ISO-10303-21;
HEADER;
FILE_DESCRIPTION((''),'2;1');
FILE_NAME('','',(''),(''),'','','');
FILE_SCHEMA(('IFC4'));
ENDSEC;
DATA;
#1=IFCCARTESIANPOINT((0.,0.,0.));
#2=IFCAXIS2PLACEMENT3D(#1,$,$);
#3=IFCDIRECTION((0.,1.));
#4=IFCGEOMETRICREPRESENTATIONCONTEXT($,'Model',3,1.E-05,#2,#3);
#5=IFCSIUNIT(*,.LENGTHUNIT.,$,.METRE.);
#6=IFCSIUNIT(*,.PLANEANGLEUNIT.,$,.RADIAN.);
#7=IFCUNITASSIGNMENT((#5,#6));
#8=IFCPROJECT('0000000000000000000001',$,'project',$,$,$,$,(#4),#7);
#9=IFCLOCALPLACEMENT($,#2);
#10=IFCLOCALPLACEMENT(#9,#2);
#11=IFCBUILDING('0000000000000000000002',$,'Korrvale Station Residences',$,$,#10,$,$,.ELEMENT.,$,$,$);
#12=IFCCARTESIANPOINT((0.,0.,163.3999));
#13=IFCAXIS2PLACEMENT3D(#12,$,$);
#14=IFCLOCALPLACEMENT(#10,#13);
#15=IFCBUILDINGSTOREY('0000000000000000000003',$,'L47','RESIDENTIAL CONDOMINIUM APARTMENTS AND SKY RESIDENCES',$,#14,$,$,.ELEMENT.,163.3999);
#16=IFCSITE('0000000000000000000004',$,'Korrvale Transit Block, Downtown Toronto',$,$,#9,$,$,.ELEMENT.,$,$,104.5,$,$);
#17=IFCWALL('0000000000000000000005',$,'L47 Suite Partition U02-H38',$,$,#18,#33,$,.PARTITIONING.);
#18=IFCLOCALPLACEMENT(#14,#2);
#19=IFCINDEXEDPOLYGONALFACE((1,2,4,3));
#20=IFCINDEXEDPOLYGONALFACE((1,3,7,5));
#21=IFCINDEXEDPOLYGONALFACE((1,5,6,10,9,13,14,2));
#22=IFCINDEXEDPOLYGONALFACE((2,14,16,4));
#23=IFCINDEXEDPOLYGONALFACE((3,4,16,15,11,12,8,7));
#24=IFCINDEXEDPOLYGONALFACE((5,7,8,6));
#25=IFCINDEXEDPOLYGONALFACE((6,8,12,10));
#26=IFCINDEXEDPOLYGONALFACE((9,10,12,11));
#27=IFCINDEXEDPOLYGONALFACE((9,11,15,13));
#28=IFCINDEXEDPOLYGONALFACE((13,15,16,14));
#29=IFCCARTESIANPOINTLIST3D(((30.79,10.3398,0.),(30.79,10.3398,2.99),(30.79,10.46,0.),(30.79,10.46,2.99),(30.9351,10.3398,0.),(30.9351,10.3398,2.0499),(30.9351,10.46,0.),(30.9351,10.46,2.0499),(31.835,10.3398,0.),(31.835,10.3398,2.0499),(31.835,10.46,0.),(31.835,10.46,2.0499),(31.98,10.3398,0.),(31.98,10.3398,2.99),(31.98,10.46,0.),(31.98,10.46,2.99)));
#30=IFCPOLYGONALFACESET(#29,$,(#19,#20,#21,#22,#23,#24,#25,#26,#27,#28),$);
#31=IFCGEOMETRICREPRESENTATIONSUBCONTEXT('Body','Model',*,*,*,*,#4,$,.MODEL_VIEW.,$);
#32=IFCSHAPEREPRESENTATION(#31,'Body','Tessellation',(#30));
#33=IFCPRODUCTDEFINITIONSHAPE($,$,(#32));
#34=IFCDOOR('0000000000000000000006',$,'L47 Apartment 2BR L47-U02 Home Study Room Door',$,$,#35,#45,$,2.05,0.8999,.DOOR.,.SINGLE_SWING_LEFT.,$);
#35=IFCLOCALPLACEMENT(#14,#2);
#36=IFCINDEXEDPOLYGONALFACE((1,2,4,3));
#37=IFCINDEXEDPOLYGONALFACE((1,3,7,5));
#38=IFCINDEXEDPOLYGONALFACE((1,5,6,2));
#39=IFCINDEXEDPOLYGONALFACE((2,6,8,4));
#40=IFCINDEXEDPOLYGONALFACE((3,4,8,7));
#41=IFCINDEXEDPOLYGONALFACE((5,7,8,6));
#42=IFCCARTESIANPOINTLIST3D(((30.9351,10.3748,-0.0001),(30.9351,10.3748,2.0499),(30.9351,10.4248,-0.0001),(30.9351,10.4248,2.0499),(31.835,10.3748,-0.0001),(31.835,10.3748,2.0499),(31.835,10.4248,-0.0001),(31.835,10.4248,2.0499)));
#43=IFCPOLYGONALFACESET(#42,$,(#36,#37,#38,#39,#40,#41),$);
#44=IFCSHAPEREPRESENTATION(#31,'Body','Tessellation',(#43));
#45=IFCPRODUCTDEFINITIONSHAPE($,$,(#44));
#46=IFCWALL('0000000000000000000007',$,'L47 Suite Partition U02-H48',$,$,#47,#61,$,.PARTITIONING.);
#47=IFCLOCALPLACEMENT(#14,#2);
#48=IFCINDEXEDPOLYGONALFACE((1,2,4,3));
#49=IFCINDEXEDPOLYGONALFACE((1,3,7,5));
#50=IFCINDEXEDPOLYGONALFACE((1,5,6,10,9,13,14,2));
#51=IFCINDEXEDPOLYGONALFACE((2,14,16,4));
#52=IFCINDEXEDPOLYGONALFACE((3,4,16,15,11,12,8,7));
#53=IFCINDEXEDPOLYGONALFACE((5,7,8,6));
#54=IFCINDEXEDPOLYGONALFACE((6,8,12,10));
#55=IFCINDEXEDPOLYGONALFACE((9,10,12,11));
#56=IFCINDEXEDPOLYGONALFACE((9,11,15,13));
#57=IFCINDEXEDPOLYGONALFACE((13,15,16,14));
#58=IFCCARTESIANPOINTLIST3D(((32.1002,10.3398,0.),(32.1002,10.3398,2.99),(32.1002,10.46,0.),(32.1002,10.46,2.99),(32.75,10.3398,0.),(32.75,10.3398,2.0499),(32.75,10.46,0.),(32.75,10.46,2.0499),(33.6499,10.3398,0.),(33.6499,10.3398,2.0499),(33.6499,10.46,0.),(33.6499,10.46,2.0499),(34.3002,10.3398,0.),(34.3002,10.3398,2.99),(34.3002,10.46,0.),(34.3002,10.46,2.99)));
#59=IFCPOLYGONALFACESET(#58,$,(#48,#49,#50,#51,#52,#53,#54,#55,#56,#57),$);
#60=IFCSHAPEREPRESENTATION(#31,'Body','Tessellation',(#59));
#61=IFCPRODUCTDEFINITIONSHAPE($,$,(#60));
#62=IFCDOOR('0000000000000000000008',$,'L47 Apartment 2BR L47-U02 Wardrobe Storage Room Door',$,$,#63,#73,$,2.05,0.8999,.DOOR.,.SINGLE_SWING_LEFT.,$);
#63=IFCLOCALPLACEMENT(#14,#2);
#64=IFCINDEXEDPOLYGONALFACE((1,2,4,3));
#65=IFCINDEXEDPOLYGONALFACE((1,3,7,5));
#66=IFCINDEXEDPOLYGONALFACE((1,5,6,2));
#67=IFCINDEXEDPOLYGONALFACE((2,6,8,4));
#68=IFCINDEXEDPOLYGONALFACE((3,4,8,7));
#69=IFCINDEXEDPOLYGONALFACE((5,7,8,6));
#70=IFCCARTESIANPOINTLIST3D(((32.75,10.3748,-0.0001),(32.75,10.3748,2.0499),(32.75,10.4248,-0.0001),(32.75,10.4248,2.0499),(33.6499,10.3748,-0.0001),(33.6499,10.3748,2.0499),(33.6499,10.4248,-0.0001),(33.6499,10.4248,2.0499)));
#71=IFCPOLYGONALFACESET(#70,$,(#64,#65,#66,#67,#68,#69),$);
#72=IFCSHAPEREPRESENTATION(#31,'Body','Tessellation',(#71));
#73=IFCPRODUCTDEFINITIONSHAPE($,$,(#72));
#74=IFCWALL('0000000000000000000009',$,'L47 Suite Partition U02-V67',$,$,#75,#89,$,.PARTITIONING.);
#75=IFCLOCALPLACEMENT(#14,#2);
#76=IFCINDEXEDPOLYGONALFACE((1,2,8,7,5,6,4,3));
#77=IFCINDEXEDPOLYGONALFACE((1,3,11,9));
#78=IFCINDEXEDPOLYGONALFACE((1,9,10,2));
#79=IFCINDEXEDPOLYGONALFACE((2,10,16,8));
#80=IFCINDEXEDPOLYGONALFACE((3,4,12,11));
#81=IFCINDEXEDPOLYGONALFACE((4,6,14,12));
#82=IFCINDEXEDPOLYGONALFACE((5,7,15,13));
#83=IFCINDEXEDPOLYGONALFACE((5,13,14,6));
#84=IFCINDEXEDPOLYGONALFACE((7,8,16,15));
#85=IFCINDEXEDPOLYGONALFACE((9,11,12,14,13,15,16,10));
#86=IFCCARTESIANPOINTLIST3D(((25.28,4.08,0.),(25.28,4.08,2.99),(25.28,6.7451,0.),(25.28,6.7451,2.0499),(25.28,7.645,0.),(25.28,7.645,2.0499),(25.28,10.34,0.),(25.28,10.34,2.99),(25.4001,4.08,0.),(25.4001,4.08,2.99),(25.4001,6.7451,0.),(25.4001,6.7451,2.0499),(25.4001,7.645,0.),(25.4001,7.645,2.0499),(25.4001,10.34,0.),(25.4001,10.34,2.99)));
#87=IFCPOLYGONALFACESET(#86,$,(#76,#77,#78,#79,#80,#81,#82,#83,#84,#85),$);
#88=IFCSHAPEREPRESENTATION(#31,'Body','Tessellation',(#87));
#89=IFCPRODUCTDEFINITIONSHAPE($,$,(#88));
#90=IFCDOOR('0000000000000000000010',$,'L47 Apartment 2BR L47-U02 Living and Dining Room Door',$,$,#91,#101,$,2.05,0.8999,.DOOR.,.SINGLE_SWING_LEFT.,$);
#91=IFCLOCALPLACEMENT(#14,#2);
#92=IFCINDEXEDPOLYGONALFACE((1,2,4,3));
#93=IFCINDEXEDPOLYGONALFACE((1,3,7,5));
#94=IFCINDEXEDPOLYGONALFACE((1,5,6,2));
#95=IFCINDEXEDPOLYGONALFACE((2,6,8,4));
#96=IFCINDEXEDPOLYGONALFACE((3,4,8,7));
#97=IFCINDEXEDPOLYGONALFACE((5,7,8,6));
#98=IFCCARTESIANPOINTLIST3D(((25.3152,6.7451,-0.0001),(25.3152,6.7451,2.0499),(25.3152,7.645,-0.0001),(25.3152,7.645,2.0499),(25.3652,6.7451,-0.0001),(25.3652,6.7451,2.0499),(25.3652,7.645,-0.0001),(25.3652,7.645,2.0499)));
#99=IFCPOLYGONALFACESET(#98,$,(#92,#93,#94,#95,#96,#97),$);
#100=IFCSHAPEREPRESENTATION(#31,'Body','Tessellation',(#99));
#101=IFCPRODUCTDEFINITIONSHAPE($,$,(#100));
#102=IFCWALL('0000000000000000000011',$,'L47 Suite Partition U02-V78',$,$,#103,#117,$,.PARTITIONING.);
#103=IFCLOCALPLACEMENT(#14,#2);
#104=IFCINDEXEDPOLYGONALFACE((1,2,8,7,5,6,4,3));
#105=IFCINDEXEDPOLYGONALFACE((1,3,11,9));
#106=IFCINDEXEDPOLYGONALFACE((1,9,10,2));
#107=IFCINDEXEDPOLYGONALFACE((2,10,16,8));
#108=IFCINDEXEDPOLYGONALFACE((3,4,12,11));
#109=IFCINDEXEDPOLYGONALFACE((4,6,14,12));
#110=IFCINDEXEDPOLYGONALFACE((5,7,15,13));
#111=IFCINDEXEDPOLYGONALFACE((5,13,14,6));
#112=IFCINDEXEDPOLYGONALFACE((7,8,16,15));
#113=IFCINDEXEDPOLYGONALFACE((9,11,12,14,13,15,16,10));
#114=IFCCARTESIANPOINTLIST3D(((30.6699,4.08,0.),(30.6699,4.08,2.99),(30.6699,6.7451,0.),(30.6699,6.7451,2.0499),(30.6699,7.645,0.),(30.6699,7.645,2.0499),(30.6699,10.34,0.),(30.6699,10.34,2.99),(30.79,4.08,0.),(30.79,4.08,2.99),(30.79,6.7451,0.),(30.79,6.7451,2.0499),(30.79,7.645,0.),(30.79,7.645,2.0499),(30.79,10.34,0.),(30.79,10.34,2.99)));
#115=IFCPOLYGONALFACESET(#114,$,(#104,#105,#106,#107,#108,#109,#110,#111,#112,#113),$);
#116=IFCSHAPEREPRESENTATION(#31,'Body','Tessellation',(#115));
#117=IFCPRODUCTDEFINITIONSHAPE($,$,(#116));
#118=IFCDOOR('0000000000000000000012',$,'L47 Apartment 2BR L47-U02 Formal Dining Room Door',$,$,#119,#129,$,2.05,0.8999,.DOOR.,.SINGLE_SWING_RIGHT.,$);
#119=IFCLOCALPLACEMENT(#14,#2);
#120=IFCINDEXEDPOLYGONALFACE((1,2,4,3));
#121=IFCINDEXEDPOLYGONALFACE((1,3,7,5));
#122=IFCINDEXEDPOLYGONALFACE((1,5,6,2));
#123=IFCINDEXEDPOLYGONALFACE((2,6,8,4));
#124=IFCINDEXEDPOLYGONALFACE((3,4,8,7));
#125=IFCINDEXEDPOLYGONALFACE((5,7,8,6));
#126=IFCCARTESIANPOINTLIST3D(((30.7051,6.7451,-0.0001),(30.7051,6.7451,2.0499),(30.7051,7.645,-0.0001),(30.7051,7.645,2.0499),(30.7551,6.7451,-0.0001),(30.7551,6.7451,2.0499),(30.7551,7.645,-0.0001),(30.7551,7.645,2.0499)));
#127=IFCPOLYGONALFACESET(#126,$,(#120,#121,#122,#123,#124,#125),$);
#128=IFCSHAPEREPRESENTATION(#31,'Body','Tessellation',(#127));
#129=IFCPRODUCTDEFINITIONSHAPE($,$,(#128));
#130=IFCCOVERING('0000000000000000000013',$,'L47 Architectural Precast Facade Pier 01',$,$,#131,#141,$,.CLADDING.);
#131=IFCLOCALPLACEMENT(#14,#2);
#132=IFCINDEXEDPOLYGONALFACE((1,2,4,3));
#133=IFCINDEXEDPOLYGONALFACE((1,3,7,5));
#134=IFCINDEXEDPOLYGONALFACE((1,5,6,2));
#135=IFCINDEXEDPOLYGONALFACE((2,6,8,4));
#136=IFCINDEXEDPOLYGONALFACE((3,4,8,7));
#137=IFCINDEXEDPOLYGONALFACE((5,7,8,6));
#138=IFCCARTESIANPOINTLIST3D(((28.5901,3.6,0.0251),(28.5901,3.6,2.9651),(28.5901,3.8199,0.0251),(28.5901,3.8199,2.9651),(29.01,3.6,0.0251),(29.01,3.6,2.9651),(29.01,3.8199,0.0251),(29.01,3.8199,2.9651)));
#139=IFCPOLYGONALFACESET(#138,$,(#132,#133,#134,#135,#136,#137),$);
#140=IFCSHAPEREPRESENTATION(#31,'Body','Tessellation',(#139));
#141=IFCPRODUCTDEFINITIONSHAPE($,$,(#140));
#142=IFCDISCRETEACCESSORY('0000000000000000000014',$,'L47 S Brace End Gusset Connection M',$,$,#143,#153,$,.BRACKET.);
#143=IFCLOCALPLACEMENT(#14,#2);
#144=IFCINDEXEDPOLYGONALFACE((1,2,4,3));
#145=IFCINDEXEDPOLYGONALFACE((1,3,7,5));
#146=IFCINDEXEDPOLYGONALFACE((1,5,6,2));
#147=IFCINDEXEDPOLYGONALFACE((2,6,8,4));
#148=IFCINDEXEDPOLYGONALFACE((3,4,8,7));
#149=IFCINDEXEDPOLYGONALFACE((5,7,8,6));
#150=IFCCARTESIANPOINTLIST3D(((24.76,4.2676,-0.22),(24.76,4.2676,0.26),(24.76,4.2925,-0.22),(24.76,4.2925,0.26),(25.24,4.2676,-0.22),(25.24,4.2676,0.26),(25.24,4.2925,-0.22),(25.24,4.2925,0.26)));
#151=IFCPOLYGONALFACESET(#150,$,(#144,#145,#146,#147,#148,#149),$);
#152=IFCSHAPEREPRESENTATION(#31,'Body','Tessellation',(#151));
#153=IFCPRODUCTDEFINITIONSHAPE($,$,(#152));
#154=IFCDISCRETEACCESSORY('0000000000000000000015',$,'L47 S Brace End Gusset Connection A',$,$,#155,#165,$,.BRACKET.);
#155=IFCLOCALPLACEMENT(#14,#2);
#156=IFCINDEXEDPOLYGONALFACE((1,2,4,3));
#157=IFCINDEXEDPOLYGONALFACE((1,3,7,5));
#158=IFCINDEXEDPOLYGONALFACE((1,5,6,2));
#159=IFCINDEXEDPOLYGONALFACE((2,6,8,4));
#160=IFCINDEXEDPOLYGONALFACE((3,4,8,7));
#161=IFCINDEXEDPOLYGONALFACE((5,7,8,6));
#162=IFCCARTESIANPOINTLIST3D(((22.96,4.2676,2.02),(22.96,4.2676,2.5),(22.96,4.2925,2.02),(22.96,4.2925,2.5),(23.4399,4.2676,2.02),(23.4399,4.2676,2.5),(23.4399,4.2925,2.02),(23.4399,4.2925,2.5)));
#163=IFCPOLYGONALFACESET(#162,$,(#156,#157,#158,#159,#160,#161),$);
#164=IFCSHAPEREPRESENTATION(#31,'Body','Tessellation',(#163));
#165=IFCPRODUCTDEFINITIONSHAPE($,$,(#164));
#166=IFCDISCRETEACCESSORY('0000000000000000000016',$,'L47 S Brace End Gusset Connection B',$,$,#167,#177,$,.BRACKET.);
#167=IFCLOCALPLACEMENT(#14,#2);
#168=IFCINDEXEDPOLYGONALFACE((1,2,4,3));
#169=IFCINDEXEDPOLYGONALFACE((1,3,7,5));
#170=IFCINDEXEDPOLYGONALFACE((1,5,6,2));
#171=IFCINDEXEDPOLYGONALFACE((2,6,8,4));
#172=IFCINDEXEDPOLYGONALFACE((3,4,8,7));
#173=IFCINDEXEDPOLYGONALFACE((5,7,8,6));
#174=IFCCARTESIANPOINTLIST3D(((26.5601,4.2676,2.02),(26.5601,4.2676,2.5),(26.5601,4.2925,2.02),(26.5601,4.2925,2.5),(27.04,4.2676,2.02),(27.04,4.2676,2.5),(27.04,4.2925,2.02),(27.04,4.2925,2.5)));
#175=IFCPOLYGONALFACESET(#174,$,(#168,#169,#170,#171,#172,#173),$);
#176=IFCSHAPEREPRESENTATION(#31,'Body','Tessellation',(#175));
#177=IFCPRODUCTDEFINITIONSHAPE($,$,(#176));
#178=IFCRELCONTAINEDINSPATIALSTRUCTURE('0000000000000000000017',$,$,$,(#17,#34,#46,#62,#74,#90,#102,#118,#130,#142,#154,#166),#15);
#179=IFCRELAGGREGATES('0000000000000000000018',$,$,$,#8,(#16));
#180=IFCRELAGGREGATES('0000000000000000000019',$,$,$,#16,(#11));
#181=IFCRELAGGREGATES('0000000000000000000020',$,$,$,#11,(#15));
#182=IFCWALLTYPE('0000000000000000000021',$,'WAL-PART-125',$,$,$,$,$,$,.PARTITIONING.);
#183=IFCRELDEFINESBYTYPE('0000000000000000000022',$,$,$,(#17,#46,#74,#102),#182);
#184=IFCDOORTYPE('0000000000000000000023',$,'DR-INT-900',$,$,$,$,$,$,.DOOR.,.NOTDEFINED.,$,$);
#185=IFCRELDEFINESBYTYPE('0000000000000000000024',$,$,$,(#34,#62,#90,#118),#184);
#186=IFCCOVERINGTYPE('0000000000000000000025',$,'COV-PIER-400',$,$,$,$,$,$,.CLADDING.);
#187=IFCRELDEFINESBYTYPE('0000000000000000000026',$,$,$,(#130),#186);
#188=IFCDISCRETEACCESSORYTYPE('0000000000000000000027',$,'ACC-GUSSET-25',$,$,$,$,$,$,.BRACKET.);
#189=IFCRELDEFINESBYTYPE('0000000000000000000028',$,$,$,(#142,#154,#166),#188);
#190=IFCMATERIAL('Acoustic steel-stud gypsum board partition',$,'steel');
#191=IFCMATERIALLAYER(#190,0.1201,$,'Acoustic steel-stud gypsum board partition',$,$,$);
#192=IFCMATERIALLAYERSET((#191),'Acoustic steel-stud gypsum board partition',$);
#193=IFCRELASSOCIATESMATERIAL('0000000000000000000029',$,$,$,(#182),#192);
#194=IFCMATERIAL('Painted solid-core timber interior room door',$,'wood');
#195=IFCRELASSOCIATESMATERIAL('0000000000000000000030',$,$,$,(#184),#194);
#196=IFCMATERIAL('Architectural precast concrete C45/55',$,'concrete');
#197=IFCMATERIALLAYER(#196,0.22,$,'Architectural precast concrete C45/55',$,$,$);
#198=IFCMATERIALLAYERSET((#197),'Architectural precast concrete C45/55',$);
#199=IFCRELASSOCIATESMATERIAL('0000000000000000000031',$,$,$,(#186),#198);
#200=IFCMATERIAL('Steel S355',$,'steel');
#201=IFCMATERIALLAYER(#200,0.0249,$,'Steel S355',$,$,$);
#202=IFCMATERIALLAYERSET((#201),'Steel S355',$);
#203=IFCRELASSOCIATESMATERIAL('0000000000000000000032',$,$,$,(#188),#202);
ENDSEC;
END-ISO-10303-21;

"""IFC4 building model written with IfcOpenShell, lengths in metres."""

from ifc_helpers import new_model, si_unit, direction, frame, frame_2d, origin, origin_2d, place, context, subcontext, project, spatial, rectangle, extrude, material, layer, layer_set, type_object, element, fill, save


model = new_model("IFC4")

# Units and contexts
model_context = context("Model", 3, precision=1e-05, world=origin(), true_north=direction((0.0, 1.0)))
body_context = subcontext(model_context, "Body", "Model", "MODEL_VIEW")
ifc_project = project(units=[si_unit("LENGTHUNIT", "METRE"), si_unit("PLANEANGLEUNIT", "RADIAN")], contexts=[model_context])

# Site, building, storey
site_placement = place(None, origin())
site = spatial("IfcSite", under=ifc_project, at=site_placement, Name="Korrvale Transit Block, Downtown Toronto", CompositionType="ELEMENT", RefElevation=104.5)
building_placement = place(site_placement, origin())
building = spatial("IfcBuilding", under=site, at=building_placement, Name="Korrvale Station Residences", CompositionType="ELEMENT")
storey_placement = place(building_placement, frame((0.0, 0.0, 163.3999)))
storey = spatial("IfcBuildingStorey", under=building, at=storey_placement, Name="L47", Description="RESIDENTIAL CONDOMINIUM APARTMENTS AND SKY RESIDENCES", CompositionType="ELEMENT", Elevation=163.3999)

# Shared definitions
ifc_material_1 = material(Name="Steel S355", Category="steel")

# Walls, openings, doors
ifc_material_2 = material(Name="Acoustic steel-stud gypsum board partition", Category="steel")
ifc_layer_1 = layer(ifc_material_2, 0.1201, Name="Acoustic steel-stud gypsum board partition")
ifc_layer_set_1 = layer_set([ifc_layer_1], Name="Acoustic steel-stud gypsum board partition")
wall_type = type_object("IfcWallType", Name="WAL-PART-125", PredefinedType="PARTITIONING", material=ifc_layer_set_1)
ifc_material_3 = material(Name="Painted solid-core timber interior room door", Category="wood")
door_type = type_object("IfcDoorType", Name="DR-INT-900", OperationType="NOTDEFINED", PredefinedType="DOOR", material=ifc_material_3)
wall_1_placement = place(storey_placement, frame((30.79, 10.3999, 0.0), z_axis=(0.0, 0.0, 1.0), x_axis=(1.0, 0.0, 0.0)))
wall_1 = element("IfcWall", 1, at=wall_1_placement, inside=storey, type_object=wall_type, Name="L47 Suite Partition U02-H38", PredefinedType="PARTITIONING", context=body_context, shape_type="SweptSolid", body=[
    extrude(rectangle(XDim=1.1899, YDim=0.1201, at=frame_2d((0.595, 0.0))), origin(), (0.0, 0.0, 1.0), 2.99),
])
opening_1_placement = place(wall_1_placement, frame((0.145, 0.0, 0.0)))
opening_1 = element("IfcOpeningElement", 2, at=opening_1_placement, cuts=wall_1, PredefinedType="OPENING", context=body_context, shape_type="SweptSolid", body=[
    extrude(rectangle(XDim=0.8999, YDim=2.05, at=frame_2d((0.45, 1.0249))), frame((0.0, 0.0701, 0.0), z_axis=(0.0, -1.0, 0.0), x_axis=(1.0, 0.0, 0.0)), (0.0, 0.0, 1.0), 0.1401),
])
door_1_placement = place(opening_1_placement, origin())
door_1 = element("IfcDoor", 3, at=door_1_placement, inside=storey, type_object=door_type, Name="L47 Apartment 2BR L47-U02 Home Study Room Door", OperationType="SINGLE_SWING_LEFT", OverallHeight=2.05, OverallWidth=0.8999, PredefinedType="DOOR", context=body_context, shape_type="SweptSolid", body=[
    extrude(rectangle(XDim=0.8999, YDim=2.05, at=frame_2d((0.45, 1.0249))), frame((0.0, 0.0249, 0.0), z_axis=(0.0, -1.0, 0.0), x_axis=(1.0, 0.0, 0.0)), (0.0, 0.0, 1.0), 0.05),
])
fill(opening_1, door_1)
wall_2_placement = place(storey_placement, frame((32.1001, 10.3999, 0.0), z_axis=(0.0, 0.0, 1.0), x_axis=(1.0, 0.0, 0.0)))
wall_2 = element("IfcWall", 4, at=wall_2_placement, inside=storey, type_object=wall_type, Name="L47 Suite Partition U02-H48", PredefinedType="PARTITIONING", context=body_context, shape_type="SweptSolid", body=[
    extrude(rectangle(XDim=2.2, YDim=0.1201, at=frame_2d((1.1001, 0.0))), origin(), (0.0, 0.0, 1.0), 2.99),
])
opening_2_placement = place(wall_2_placement, frame((0.6499, 0.0, 0.0)))
opening_2 = element("IfcOpeningElement", 5, at=opening_2_placement, cuts=wall_2, PredefinedType="OPENING", context=body_context, shape_type="SweptSolid", body=[
    extrude(rectangle(XDim=0.8999, YDim=2.05, at=frame_2d((0.45, 1.0249))), frame((0.0, 0.0701, 0.0), z_axis=(0.0, -1.0, 0.0), x_axis=(1.0, 0.0, 0.0)), (0.0, 0.0, 1.0), 0.1401),
])
door_2_placement = place(opening_2_placement, origin())
door_2 = element("IfcDoor", 6, at=door_2_placement, inside=storey, type_object=door_type, Name="L47 Apartment 2BR L47-U02 Wardrobe Storage Room Door", OperationType="SINGLE_SWING_LEFT", OverallHeight=2.05, OverallWidth=0.8999, PredefinedType="DOOR", context=body_context, shape_type="SweptSolid", body=[
    extrude(rectangle(XDim=0.8999, YDim=2.05, at=frame_2d((0.45, 1.0249))), frame((0.0, 0.0249, 0.0), z_axis=(0.0, -1.0, 0.0), x_axis=(1.0, 0.0, 0.0)), (0.0, 0.0, 1.0), 0.05),
])
fill(opening_2, door_2)
wall_3_placement = place(storey_placement, frame((25.3401, 4.0801, 0.0), z_axis=(0.0, 0.0, 1.0), x_axis=(0.0, 1.0, 0.0)))
wall_3 = element("IfcWall", 7, at=wall_3_placement, inside=storey, type_object=wall_type, Name="L47 Suite Partition U02-V67", PredefinedType="PARTITIONING", context=body_context, shape_type="SweptSolid", body=[
    extrude(rectangle(XDim=6.26, YDim=0.1201, at=frame_2d((3.1299, 0.0))), origin(), (0.0, 0.0, 1.0), 2.99),
])
opening_3_placement = place(wall_3_placement, frame((2.665, 0.0, 0.0)))
opening_3 = element("IfcOpeningElement", 8, at=opening_3_placement, cuts=wall_3, PredefinedType="OPENING", context=body_context, shape_type="SweptSolid", body=[
    extrude(rectangle(XDim=0.8999, YDim=2.05, at=frame_2d((0.45, 1.0249))), frame((0.0, 0.0701, 0.0), z_axis=(0.0, -1.0, 0.0), x_axis=(1.0, 0.0, 0.0)), (0.0, 0.0, 1.0), 0.1401),
])
door_3_placement = place(opening_3_placement, origin())
door_3 = element("IfcDoor", 9, at=door_3_placement, inside=storey, type_object=door_type, Name="L47 Apartment 2BR L47-U02 Living and Dining Room Door", OperationType="SINGLE_SWING_LEFT", OverallHeight=2.05, OverallWidth=0.8999, PredefinedType="DOOR", context=body_context, shape_type="SweptSolid", body=[
    extrude(rectangle(XDim=0.8999, YDim=2.05, at=frame_2d((0.45, 1.0249))), frame((0.0, 0.0249, 0.0), z_axis=(0.0, -1.0, 0.0), x_axis=(1.0, 0.0, 0.0)), (0.0, 0.0, 1.0), 0.05),
])
fill(opening_3, door_3)
wall_4_placement = place(storey_placement, frame((30.73, 4.0801, 0.0), z_axis=(0.0, 0.0, 1.0), x_axis=(0.0, 1.0, 0.0)))
wall_4 = element("IfcWall", 10, at=wall_4_placement, inside=storey, type_object=wall_type, Name="L47 Suite Partition U02-V78", PredefinedType="PARTITIONING", context=body_context, shape_type="SweptSolid", body=[
    extrude(rectangle(XDim=6.26, YDim=0.1201, at=frame_2d((3.1299, 0.0))), origin(), (0.0, 0.0, 1.0), 2.99),
])
opening_4_placement = place(wall_4_placement, frame((2.665, 0.0, 0.0)))
opening_4 = element("IfcOpeningElement", 11, at=opening_4_placement, cuts=wall_4, PredefinedType="OPENING", context=body_context, shape_type="SweptSolid", body=[
    extrude(rectangle(XDim=0.8999, YDim=2.05, at=frame_2d((0.45, 1.0249))), frame((0.0, 0.0701, 0.0), z_axis=(0.0, -1.0, 0.0), x_axis=(1.0, 0.0, 0.0)), (0.0, 0.0, 1.0), 0.1401),
])
door_4_placement = place(opening_4_placement, origin())
door_4 = element("IfcDoor", 12, at=door_4_placement, inside=storey, type_object=door_type, Name="L47 Apartment 2BR L47-U02 Formal Dining Room Door", OperationType="SINGLE_SWING_RIGHT", OverallHeight=2.05, OverallWidth=0.8999, PredefinedType="DOOR", context=body_context, shape_type="SweptSolid", body=[
    extrude(rectangle(XDim=0.8999, YDim=2.05, at=frame_2d((0.45, 1.0249))), frame((0.0, 0.0249, 0.0), z_axis=(0.0, -1.0, 0.0), x_axis=(1.0, 0.0, 0.0)), (0.0, 0.0, 1.0), 0.05),
])
fill(opening_4, door_4)

# Covering
ifc_material_4 = material(Name="Architectural precast concrete C45/55", Category="concrete")
ifc_layer_2 = layer(ifc_material_4, 0.22, Name="Architectural precast concrete C45/55")
ifc_layer_set_2 = layer_set([ifc_layer_2], Name="Architectural precast concrete C45/55")
covering_type = type_object("IfcCoveringType", Name="COV-PIER-400", PredefinedType="CLADDING", material=ifc_layer_set_2)
covering_placement = place(storey_placement, frame((28.8, 3.71, 0.0251), z_axis=(0.0, 0.0, 1.0), x_axis=(1.0, 0.0, 0.0)))
element("IfcCovering", 13, at=covering_placement, inside=storey, type_object=covering_type, Name="L47 Architectural Precast Facade Pier 01", PredefinedType="CLADDING", context=body_context, shape_type="SweptSolid", body=[
    extrude(rectangle(XDim=0.4199, YDim=0.22, at=origin_2d()), origin(), (0.0, 0.0, 1.0), 2.9399),
])

# Discrete accessories
ifc_layer_3 = layer(ifc_material_1, 0.0249, Name="Steel S355")
ifc_layer_set_3 = layer_set([ifc_layer_3], Name="Steel S355")
discrete_accessory_type = type_object("IfcDiscreteAccessoryType", Name="ACC-GUSSET-25", PredefinedType="BRACKET", material=ifc_layer_set_3)
for number, where, z_axis, x_axis, name in (
    (14, (25.0, 4.28, -0.22), (0.0, 0.0, 1.0), (1.0, 0.0, 0.0), "L47 S Brace End Gusset Connection M"),
    (15, (23.2, 4.28, 2.02), (0.0, 0.0, 1.0), (1.0, 0.0, 0.0), "L47 S Brace End Gusset Connection A"),
    (16, (26.8, 4.28, 2.02), (0.0, 0.0, 1.0), (1.0, 0.0, 0.0), "L47 S Brace End Gusset Connection B"),
):
    element("IfcDiscreteAccessory", number, at=place(storey_placement, frame(where, z_axis=z_axis, x_axis=x_axis)), inside=storey, type_object=discrete_accessory_type, Name=name, PredefinedType="BRACKET", context=body_context, shape_type="SweptSolid", body=[
        extrude(rectangle(XDim=0.48, YDim=0.0249, at=origin_2d()), origin(), (0.0, 0.0, 1.0), 0.48),
    ])

save(model, "model.ifc")
